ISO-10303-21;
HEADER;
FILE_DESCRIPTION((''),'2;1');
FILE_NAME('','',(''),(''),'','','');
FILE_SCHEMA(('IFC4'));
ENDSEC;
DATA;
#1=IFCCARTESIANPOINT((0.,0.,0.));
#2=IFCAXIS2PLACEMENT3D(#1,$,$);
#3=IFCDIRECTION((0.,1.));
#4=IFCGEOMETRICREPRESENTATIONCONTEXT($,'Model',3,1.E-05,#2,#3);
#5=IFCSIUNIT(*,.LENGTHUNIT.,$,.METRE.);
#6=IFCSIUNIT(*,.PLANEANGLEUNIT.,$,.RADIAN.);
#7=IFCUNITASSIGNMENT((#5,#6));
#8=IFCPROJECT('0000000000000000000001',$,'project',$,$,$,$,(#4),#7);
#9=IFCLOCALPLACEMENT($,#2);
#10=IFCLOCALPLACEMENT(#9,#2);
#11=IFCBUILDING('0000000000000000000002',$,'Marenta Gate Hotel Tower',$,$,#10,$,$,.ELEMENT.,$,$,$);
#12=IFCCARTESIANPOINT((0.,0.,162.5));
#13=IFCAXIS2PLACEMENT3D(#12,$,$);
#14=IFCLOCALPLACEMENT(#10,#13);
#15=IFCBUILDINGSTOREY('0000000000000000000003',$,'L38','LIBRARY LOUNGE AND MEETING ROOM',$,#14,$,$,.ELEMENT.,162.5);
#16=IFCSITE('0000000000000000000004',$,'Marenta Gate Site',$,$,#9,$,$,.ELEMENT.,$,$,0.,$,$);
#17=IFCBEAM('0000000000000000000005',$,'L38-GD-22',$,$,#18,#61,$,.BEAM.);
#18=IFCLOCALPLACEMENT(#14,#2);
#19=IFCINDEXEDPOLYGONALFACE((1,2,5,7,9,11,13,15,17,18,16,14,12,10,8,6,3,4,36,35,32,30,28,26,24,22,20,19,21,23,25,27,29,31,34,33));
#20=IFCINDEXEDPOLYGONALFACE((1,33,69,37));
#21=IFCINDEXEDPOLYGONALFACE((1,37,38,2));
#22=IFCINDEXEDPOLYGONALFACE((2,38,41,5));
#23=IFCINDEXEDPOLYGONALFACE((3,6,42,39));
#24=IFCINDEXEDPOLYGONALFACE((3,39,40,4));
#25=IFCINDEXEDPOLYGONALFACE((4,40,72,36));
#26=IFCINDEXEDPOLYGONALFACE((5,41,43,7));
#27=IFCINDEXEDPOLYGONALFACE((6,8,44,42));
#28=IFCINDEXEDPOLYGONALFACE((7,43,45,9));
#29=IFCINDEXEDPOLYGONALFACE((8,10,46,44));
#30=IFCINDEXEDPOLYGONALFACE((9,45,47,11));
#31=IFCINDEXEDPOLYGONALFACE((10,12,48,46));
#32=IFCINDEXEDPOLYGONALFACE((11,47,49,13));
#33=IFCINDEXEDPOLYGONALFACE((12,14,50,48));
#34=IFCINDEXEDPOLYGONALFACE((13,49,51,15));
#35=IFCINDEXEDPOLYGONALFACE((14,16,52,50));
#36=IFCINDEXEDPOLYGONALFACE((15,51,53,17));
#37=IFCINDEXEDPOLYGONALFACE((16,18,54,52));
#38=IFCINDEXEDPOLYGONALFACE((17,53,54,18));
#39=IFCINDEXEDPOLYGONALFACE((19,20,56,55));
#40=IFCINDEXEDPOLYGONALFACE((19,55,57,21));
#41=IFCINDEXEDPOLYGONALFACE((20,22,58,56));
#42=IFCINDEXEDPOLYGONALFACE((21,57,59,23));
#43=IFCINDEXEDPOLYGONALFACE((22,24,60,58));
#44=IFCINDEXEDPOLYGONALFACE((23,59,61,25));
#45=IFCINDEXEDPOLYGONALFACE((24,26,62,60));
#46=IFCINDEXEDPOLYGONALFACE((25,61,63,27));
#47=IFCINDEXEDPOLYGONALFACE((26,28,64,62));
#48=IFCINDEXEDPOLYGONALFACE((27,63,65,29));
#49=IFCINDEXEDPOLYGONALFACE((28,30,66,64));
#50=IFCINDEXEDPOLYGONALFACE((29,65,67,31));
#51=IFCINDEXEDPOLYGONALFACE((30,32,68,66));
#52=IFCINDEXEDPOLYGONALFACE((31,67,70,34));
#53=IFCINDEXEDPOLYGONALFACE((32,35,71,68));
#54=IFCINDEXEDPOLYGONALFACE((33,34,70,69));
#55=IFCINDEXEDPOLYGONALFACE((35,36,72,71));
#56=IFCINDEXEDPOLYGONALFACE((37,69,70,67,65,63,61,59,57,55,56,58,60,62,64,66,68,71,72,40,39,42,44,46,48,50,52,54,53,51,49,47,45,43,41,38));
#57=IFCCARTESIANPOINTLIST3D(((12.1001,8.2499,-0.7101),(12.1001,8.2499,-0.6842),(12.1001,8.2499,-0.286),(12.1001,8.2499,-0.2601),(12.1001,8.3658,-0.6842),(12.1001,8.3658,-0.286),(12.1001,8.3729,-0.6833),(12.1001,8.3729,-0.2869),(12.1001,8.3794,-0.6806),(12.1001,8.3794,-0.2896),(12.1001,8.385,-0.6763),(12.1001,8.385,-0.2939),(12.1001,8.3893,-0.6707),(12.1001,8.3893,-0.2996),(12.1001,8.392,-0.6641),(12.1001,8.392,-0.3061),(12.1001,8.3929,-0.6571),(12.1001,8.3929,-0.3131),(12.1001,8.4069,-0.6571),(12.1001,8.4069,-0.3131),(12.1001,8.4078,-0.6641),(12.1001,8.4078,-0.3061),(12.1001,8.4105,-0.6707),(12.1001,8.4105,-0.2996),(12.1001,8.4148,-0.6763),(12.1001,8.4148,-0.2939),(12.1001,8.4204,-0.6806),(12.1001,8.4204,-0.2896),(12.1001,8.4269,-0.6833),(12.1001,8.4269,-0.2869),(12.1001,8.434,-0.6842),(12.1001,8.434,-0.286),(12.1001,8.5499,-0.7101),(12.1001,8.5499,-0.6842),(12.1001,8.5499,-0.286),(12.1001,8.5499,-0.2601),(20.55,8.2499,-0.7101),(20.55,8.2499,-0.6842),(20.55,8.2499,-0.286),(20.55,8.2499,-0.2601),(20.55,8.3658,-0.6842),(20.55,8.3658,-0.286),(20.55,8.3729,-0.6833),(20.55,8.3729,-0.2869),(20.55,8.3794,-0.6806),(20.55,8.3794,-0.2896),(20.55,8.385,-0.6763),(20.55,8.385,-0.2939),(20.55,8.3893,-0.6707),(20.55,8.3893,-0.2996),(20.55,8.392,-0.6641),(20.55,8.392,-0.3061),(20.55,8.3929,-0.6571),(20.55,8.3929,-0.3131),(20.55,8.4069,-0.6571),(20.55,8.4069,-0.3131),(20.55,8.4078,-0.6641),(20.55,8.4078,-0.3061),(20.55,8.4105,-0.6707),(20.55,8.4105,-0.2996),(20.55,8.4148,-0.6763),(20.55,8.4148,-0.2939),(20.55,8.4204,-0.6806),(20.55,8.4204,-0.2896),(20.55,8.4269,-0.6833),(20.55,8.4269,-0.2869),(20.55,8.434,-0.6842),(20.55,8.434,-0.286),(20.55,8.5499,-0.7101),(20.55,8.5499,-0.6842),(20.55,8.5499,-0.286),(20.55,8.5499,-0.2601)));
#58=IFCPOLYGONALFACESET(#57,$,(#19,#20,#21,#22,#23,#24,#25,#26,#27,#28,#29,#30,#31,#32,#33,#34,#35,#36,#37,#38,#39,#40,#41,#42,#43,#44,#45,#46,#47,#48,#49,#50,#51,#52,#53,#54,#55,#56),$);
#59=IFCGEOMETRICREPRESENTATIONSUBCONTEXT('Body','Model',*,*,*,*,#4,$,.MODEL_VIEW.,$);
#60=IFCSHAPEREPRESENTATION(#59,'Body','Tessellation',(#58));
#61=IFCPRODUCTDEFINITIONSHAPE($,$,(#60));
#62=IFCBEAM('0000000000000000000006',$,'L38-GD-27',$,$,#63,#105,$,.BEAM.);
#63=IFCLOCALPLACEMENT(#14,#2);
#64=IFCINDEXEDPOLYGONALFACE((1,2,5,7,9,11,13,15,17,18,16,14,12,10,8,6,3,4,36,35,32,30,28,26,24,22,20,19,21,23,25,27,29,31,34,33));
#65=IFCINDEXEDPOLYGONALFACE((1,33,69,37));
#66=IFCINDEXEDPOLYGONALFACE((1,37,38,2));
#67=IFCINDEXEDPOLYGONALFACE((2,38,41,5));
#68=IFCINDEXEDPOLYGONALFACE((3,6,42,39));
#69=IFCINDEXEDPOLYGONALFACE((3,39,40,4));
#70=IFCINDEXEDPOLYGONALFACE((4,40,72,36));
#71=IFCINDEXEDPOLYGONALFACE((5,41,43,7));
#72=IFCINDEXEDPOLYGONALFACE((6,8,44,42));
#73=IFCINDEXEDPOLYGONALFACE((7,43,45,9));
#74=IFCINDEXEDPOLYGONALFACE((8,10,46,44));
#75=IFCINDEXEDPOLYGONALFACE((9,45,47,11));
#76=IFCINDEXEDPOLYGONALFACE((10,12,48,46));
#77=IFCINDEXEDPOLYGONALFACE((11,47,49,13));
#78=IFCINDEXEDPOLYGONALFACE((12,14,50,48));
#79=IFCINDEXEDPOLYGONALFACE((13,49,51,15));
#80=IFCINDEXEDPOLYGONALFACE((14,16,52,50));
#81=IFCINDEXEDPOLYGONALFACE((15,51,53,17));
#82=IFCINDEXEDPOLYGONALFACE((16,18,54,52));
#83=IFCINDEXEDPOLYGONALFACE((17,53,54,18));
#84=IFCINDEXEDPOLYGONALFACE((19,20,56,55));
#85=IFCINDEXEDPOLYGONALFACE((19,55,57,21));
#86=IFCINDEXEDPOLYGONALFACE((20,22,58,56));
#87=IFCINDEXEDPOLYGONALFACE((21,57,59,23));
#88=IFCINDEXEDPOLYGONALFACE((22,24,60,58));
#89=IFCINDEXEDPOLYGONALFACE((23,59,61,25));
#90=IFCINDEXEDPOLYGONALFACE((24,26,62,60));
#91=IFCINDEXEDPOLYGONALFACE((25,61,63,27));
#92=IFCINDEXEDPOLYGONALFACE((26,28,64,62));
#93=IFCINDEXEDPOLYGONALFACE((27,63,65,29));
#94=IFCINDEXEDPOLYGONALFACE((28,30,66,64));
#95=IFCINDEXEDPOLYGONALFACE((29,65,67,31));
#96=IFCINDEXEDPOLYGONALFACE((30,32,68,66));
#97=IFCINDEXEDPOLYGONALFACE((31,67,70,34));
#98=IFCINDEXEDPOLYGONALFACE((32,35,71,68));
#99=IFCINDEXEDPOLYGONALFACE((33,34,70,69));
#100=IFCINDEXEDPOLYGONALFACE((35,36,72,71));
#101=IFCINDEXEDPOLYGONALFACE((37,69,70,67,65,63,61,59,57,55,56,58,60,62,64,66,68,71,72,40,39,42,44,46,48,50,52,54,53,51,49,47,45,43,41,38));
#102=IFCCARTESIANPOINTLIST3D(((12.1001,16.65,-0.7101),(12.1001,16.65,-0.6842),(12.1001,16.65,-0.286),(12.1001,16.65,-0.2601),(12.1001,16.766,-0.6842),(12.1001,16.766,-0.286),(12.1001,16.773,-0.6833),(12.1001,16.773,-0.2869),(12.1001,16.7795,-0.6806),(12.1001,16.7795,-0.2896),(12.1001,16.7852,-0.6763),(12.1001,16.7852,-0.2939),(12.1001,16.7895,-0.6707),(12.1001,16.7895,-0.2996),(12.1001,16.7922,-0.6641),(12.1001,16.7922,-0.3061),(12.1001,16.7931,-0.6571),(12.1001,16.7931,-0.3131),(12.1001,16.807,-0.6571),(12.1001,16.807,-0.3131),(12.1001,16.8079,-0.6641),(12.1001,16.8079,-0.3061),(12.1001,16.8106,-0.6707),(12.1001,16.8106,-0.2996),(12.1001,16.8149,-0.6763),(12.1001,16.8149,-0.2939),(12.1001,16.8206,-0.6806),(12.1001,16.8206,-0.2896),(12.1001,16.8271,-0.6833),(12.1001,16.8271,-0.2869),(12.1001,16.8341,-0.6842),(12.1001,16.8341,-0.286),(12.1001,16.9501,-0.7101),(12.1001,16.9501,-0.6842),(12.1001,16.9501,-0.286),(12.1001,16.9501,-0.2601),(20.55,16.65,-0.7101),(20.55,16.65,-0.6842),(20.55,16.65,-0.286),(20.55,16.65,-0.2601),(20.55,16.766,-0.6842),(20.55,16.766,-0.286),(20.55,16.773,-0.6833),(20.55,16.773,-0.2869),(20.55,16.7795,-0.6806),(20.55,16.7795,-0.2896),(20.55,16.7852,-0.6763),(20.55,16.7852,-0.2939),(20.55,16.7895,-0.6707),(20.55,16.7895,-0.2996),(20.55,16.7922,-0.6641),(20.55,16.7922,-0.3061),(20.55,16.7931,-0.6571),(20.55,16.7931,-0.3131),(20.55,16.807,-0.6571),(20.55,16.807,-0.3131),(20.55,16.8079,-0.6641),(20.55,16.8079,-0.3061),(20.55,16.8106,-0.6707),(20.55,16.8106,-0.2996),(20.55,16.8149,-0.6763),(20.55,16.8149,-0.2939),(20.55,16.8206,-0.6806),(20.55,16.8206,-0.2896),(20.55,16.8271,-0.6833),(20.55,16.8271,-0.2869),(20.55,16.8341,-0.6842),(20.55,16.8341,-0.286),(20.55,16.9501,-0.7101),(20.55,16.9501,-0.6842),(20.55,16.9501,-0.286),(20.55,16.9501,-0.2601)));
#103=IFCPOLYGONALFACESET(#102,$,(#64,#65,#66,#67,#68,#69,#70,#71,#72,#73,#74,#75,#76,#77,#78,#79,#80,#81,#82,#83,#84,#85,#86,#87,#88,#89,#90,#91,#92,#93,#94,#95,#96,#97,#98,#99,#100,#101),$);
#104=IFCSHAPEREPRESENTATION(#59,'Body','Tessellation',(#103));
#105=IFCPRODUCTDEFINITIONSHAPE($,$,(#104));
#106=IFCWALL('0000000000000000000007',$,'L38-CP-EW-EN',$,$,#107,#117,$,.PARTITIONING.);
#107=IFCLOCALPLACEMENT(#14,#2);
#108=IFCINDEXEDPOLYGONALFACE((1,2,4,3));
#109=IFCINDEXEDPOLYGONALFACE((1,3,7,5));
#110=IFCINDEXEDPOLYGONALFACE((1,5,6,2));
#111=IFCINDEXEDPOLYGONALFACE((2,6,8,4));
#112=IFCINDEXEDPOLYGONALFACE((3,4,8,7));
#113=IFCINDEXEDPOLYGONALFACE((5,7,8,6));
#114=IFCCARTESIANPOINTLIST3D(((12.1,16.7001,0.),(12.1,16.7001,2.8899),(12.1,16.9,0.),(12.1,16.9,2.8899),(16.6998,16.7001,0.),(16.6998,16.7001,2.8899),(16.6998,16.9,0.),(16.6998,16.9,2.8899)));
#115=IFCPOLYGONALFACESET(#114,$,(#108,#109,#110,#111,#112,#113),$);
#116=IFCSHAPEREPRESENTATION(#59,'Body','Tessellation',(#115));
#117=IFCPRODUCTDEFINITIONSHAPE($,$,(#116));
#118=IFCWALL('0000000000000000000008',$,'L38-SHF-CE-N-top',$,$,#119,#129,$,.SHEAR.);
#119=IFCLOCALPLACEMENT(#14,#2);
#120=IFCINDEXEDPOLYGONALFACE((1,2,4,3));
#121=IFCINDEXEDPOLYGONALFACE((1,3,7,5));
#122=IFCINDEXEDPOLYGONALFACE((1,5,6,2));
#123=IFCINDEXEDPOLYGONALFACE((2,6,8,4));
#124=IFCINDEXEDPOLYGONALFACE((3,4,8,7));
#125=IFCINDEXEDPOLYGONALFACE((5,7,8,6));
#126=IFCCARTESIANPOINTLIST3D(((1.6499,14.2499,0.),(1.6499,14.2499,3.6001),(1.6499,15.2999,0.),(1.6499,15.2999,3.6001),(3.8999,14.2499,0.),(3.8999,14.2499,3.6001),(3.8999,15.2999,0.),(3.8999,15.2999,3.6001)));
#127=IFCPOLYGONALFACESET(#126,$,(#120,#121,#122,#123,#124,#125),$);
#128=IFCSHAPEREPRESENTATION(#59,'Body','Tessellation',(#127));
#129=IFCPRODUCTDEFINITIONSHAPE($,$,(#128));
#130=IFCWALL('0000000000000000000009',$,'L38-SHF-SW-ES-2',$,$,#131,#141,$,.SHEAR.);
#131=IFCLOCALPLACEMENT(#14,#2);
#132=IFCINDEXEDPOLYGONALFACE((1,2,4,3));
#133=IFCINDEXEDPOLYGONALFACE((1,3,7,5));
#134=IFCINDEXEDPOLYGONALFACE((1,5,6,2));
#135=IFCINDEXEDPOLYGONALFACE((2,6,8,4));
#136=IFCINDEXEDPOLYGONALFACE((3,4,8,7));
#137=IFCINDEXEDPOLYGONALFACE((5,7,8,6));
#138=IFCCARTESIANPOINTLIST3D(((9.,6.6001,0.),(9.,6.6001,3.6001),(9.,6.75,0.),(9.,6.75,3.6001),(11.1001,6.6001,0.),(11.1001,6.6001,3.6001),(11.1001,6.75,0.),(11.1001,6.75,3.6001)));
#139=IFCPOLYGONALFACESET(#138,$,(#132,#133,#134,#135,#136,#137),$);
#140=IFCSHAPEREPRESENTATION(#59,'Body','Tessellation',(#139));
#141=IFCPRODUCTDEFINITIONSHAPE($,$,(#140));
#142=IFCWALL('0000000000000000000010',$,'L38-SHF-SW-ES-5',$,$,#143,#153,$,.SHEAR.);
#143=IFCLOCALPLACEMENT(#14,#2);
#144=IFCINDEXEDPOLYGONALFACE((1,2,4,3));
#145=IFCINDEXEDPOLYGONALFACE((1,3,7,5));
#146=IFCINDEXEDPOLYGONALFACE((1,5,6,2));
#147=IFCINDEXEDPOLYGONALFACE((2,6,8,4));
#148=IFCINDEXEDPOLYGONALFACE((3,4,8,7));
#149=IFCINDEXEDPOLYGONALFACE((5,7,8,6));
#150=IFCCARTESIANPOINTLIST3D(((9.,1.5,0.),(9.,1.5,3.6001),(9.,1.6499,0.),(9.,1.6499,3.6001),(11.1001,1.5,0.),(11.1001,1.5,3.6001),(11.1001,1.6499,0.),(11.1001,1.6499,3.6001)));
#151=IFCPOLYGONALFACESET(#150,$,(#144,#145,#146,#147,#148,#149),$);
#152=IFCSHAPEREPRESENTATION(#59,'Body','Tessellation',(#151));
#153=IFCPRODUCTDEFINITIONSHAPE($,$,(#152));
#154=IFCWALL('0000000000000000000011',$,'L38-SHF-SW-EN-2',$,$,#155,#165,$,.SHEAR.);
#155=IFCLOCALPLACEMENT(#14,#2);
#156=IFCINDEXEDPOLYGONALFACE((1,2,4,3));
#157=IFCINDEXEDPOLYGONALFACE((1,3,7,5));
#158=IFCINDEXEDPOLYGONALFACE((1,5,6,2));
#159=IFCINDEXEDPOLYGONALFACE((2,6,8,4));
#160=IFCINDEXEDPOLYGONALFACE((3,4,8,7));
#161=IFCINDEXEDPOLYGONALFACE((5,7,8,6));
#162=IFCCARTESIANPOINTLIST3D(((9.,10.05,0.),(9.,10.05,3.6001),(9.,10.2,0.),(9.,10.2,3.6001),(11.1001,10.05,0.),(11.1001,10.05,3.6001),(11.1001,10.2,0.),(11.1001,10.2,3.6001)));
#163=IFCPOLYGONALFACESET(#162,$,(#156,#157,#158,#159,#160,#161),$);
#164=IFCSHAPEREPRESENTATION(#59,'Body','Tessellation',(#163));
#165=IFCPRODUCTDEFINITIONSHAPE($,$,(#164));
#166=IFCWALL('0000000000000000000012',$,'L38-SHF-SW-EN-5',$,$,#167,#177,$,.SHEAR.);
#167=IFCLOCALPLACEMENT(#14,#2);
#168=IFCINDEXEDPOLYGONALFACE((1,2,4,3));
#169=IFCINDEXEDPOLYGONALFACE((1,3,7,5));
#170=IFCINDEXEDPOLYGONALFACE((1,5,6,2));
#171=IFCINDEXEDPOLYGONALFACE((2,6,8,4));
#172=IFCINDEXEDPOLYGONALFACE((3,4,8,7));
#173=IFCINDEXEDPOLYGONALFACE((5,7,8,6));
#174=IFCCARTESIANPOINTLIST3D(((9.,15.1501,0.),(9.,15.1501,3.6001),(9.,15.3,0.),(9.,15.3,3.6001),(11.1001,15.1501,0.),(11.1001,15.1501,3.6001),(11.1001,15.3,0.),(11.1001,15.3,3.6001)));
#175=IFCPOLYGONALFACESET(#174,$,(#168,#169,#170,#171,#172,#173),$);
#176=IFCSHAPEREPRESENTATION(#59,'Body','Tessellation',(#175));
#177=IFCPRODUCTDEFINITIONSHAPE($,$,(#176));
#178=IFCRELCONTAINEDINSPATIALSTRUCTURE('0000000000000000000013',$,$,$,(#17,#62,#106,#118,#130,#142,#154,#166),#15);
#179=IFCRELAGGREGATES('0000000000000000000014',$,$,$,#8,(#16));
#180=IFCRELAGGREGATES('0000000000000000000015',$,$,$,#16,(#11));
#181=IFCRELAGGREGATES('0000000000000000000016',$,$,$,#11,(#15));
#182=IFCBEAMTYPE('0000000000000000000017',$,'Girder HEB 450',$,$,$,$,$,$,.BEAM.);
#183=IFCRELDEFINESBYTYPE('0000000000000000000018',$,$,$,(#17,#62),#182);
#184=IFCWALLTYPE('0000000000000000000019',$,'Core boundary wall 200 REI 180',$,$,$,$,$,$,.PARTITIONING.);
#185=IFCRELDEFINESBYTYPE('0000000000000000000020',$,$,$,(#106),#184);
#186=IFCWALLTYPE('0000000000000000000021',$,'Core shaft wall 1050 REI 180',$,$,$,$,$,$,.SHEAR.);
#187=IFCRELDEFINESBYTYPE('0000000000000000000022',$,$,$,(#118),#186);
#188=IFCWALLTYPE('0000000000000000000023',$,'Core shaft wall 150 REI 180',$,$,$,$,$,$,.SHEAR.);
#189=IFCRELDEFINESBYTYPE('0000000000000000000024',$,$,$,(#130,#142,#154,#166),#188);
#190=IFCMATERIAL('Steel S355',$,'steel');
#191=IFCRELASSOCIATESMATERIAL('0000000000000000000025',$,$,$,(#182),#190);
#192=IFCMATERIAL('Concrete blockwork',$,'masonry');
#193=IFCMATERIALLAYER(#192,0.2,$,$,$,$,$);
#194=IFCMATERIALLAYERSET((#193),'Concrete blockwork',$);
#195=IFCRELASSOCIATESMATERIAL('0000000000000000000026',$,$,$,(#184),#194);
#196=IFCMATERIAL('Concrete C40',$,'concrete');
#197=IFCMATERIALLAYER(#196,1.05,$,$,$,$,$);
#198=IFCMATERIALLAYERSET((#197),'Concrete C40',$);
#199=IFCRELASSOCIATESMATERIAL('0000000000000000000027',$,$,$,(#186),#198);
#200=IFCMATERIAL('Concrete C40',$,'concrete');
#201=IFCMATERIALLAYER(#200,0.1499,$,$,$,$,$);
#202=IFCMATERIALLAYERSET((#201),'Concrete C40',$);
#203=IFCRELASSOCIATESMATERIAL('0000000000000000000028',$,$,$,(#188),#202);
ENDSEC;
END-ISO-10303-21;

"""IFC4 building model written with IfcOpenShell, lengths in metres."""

from ifc_helpers import new_model, si_unit, direction, frame, frame_2d, origin, origin_2d, place, context, subcontext, project, spatial, rectangle, i_section, extrude, material, layer, layer_set, material_profile, profile_set, type_object, element, save


model = new_model("IFC4")

# Units and contexts
model_context = context("Model", 3, precision=1e-05, world=origin(), true_north=direction((0.0, 1.0)))
body_context = subcontext(model_context, "Body", "Model", "MODEL_VIEW")
ifc_project = project(units=[si_unit("LENGTHUNIT", "METRE"), si_unit("PLANEANGLEUNIT", "RADIAN")], contexts=[model_context])

# Site, building, storey
site_placement = place(None, origin())
site = spatial("IfcSite", under=ifc_project, at=site_placement, Name="Marenta Gate Site", CompositionType="ELEMENT", RefElevation=0.0)
building_placement = place(site_placement, origin())
building = spatial("IfcBuilding", under=site, at=building_placement, Name="Marenta Gate Hotel Tower", CompositionType="ELEMENT")
storey_placement = place(building_placement, frame((0.0, 0.0, 162.5)))
storey = spatial("IfcBuildingStorey", under=building, at=storey_placement, Name="L38", Description="LIBRARY LOUNGE AND MEETING ROOM", CompositionType="ELEMENT", Elevation=162.5)

# Beams
ifc_material_1 = material(Name="Steel S355", Category="steel")
ifc_material_profile = material_profile(ifc_material_1, i_section(OverallWidth=0.3, OverallDepth=0.45, WebThickness=0.0139, FlangeThickness=0.0259, FilletRadius=0.0271, at=origin_2d()), Name="HEB 450")
ifc_profile_set = profile_set([ifc_material_profile], Name="Steel S355")
beam_type = type_object("IfcBeamType", Name="Girder HEB 450", PredefinedType="BEAM", material=ifc_profile_set)
for number, where, z_axis, x_axis, name in (
    (1, (12.1001, 8.3999, -0.4851), (1.0, 0.0, 0.0), (0.0, 1.0, 0.0), "L38-GD-22"),
    (2, (12.1001, 16.8, -0.4851), (1.0, 0.0, 0.0), (0.0, 1.0, 0.0), "L38-GD-27"),
):
    element("IfcBeam", number, at=place(storey_placement, frame(where, z_axis=z_axis, x_axis=x_axis)), inside=storey, type_object=beam_type, Name=name, PredefinedType="BEAM", context=body_context, shape_type="SweptSolid", body=[
        extrude(i_section(OverallWidth=0.3, OverallDepth=0.45, WebThickness=0.0139, FlangeThickness=0.0259, FilletRadius=0.0271, at=origin_2d()), origin(), (0.0, 0.0, 1.0), 8.45),
    ])

# Walls
ifc_material_2 = material(Name="Concrete blockwork", Category="masonry")
ifc_layer_1 = layer(ifc_material_2, 0.2)
ifc_layer_set_1 = layer_set([ifc_layer_1], Name="Concrete blockwork")
wall_type_1 = type_object("IfcWallType", Name="Core boundary wall 200 REI 180", PredefinedType="PARTITIONING", material=ifc_layer_set_1)
wall_1_placement = place(storey_placement, frame((12.1001, 16.8, 0.0), z_axis=(0.0, 0.0, 1.0), x_axis=(1.0, 0.0, 0.0)))
element("IfcWall", 3, at=wall_1_placement, inside=storey, type_object=wall_type_1, Name="L38-CP-EW-EN", PredefinedType="PARTITIONING", context=body_context, shape_type="SweptSolid", body=[
    extrude(rectangle(XDim=4.5999, YDim=0.2, at=frame_2d((2.2998, 0.0))), origin(), (0.0, 0.0, 1.0), 2.8899),
])
ifc_material_3 = material(Name="Concrete C40", Category="concrete")
ifc_layer_2 = layer(ifc_material_3, 1.05)
ifc_layer_set_2 = layer_set([ifc_layer_2], Name="Concrete C40")
wall_type_2 = type_object("IfcWallType", Name="Core shaft wall 1050 REI 180", PredefinedType="SHEAR", material=ifc_layer_set_2)
wall_2_placement = place(storey_placement, frame((1.6499, 14.7749, 0.0), z_axis=(0.0, 0.0, 1.0), x_axis=(1.0, 0.0, 0.0)))
element("IfcWall", 4, at=wall_2_placement, inside=storey, type_object=wall_type_2, Name="L38-SHF-CE-N-top", PredefinedType="SHEAR", context=body_context, shape_type="SweptSolid", body=[
    extrude(rectangle(XDim=2.25, YDim=1.05, at=frame_2d((1.125, 0.0))), origin(), (0.0, 0.0, 1.0), 3.6001),
])
ifc_material_4 = material(Name="Concrete C40", Category="concrete")
ifc_layer_3 = layer(ifc_material_4, 0.1499)
ifc_layer_set_3 = layer_set([ifc_layer_3], Name="Concrete C40")
wall_type_3 = type_object("IfcWallType", Name="Core shaft wall 150 REI 180", PredefinedType="SHEAR", material=ifc_layer_set_3)
for number, where, z_axis, x_axis, name in (
    (5, (9.0, 6.675, 0.0), (0.0, 0.0, 1.0), (1.0, 0.0, 0.0), "L38-SHF-SW-ES-2"),
    (6, (9.0, 1.575, 0.0), (0.0, 0.0, 1.0), (1.0, 0.0, 0.0), "L38-SHF-SW-ES-5"),
    (7, (9.0, 10.125, 0.0), (0.0, 0.0, 1.0), (1.0, 0.0, 0.0), "L38-SHF-SW-EN-2"),
    (8, (9.0, 15.2251, 0.0), (0.0, 0.0, 1.0), (1.0, 0.0, 0.0), "L38-SHF-SW-EN-5"),
):
    element("IfcWall", number, at=place(storey_placement, frame(where, z_axis=z_axis, x_axis=x_axis)), inside=storey, type_object=wall_type_3, Name=name, PredefinedType="SHEAR", context=body_context, shape_type="SweptSolid", body=[
        extrude(rectangle(XDim=2.1001, YDim=0.1499, at=frame_2d((1.05, 0.0))), origin(), (0.0, 0.0, 1.0), 3.6001),
    ])

save(model, "model.ifc")
